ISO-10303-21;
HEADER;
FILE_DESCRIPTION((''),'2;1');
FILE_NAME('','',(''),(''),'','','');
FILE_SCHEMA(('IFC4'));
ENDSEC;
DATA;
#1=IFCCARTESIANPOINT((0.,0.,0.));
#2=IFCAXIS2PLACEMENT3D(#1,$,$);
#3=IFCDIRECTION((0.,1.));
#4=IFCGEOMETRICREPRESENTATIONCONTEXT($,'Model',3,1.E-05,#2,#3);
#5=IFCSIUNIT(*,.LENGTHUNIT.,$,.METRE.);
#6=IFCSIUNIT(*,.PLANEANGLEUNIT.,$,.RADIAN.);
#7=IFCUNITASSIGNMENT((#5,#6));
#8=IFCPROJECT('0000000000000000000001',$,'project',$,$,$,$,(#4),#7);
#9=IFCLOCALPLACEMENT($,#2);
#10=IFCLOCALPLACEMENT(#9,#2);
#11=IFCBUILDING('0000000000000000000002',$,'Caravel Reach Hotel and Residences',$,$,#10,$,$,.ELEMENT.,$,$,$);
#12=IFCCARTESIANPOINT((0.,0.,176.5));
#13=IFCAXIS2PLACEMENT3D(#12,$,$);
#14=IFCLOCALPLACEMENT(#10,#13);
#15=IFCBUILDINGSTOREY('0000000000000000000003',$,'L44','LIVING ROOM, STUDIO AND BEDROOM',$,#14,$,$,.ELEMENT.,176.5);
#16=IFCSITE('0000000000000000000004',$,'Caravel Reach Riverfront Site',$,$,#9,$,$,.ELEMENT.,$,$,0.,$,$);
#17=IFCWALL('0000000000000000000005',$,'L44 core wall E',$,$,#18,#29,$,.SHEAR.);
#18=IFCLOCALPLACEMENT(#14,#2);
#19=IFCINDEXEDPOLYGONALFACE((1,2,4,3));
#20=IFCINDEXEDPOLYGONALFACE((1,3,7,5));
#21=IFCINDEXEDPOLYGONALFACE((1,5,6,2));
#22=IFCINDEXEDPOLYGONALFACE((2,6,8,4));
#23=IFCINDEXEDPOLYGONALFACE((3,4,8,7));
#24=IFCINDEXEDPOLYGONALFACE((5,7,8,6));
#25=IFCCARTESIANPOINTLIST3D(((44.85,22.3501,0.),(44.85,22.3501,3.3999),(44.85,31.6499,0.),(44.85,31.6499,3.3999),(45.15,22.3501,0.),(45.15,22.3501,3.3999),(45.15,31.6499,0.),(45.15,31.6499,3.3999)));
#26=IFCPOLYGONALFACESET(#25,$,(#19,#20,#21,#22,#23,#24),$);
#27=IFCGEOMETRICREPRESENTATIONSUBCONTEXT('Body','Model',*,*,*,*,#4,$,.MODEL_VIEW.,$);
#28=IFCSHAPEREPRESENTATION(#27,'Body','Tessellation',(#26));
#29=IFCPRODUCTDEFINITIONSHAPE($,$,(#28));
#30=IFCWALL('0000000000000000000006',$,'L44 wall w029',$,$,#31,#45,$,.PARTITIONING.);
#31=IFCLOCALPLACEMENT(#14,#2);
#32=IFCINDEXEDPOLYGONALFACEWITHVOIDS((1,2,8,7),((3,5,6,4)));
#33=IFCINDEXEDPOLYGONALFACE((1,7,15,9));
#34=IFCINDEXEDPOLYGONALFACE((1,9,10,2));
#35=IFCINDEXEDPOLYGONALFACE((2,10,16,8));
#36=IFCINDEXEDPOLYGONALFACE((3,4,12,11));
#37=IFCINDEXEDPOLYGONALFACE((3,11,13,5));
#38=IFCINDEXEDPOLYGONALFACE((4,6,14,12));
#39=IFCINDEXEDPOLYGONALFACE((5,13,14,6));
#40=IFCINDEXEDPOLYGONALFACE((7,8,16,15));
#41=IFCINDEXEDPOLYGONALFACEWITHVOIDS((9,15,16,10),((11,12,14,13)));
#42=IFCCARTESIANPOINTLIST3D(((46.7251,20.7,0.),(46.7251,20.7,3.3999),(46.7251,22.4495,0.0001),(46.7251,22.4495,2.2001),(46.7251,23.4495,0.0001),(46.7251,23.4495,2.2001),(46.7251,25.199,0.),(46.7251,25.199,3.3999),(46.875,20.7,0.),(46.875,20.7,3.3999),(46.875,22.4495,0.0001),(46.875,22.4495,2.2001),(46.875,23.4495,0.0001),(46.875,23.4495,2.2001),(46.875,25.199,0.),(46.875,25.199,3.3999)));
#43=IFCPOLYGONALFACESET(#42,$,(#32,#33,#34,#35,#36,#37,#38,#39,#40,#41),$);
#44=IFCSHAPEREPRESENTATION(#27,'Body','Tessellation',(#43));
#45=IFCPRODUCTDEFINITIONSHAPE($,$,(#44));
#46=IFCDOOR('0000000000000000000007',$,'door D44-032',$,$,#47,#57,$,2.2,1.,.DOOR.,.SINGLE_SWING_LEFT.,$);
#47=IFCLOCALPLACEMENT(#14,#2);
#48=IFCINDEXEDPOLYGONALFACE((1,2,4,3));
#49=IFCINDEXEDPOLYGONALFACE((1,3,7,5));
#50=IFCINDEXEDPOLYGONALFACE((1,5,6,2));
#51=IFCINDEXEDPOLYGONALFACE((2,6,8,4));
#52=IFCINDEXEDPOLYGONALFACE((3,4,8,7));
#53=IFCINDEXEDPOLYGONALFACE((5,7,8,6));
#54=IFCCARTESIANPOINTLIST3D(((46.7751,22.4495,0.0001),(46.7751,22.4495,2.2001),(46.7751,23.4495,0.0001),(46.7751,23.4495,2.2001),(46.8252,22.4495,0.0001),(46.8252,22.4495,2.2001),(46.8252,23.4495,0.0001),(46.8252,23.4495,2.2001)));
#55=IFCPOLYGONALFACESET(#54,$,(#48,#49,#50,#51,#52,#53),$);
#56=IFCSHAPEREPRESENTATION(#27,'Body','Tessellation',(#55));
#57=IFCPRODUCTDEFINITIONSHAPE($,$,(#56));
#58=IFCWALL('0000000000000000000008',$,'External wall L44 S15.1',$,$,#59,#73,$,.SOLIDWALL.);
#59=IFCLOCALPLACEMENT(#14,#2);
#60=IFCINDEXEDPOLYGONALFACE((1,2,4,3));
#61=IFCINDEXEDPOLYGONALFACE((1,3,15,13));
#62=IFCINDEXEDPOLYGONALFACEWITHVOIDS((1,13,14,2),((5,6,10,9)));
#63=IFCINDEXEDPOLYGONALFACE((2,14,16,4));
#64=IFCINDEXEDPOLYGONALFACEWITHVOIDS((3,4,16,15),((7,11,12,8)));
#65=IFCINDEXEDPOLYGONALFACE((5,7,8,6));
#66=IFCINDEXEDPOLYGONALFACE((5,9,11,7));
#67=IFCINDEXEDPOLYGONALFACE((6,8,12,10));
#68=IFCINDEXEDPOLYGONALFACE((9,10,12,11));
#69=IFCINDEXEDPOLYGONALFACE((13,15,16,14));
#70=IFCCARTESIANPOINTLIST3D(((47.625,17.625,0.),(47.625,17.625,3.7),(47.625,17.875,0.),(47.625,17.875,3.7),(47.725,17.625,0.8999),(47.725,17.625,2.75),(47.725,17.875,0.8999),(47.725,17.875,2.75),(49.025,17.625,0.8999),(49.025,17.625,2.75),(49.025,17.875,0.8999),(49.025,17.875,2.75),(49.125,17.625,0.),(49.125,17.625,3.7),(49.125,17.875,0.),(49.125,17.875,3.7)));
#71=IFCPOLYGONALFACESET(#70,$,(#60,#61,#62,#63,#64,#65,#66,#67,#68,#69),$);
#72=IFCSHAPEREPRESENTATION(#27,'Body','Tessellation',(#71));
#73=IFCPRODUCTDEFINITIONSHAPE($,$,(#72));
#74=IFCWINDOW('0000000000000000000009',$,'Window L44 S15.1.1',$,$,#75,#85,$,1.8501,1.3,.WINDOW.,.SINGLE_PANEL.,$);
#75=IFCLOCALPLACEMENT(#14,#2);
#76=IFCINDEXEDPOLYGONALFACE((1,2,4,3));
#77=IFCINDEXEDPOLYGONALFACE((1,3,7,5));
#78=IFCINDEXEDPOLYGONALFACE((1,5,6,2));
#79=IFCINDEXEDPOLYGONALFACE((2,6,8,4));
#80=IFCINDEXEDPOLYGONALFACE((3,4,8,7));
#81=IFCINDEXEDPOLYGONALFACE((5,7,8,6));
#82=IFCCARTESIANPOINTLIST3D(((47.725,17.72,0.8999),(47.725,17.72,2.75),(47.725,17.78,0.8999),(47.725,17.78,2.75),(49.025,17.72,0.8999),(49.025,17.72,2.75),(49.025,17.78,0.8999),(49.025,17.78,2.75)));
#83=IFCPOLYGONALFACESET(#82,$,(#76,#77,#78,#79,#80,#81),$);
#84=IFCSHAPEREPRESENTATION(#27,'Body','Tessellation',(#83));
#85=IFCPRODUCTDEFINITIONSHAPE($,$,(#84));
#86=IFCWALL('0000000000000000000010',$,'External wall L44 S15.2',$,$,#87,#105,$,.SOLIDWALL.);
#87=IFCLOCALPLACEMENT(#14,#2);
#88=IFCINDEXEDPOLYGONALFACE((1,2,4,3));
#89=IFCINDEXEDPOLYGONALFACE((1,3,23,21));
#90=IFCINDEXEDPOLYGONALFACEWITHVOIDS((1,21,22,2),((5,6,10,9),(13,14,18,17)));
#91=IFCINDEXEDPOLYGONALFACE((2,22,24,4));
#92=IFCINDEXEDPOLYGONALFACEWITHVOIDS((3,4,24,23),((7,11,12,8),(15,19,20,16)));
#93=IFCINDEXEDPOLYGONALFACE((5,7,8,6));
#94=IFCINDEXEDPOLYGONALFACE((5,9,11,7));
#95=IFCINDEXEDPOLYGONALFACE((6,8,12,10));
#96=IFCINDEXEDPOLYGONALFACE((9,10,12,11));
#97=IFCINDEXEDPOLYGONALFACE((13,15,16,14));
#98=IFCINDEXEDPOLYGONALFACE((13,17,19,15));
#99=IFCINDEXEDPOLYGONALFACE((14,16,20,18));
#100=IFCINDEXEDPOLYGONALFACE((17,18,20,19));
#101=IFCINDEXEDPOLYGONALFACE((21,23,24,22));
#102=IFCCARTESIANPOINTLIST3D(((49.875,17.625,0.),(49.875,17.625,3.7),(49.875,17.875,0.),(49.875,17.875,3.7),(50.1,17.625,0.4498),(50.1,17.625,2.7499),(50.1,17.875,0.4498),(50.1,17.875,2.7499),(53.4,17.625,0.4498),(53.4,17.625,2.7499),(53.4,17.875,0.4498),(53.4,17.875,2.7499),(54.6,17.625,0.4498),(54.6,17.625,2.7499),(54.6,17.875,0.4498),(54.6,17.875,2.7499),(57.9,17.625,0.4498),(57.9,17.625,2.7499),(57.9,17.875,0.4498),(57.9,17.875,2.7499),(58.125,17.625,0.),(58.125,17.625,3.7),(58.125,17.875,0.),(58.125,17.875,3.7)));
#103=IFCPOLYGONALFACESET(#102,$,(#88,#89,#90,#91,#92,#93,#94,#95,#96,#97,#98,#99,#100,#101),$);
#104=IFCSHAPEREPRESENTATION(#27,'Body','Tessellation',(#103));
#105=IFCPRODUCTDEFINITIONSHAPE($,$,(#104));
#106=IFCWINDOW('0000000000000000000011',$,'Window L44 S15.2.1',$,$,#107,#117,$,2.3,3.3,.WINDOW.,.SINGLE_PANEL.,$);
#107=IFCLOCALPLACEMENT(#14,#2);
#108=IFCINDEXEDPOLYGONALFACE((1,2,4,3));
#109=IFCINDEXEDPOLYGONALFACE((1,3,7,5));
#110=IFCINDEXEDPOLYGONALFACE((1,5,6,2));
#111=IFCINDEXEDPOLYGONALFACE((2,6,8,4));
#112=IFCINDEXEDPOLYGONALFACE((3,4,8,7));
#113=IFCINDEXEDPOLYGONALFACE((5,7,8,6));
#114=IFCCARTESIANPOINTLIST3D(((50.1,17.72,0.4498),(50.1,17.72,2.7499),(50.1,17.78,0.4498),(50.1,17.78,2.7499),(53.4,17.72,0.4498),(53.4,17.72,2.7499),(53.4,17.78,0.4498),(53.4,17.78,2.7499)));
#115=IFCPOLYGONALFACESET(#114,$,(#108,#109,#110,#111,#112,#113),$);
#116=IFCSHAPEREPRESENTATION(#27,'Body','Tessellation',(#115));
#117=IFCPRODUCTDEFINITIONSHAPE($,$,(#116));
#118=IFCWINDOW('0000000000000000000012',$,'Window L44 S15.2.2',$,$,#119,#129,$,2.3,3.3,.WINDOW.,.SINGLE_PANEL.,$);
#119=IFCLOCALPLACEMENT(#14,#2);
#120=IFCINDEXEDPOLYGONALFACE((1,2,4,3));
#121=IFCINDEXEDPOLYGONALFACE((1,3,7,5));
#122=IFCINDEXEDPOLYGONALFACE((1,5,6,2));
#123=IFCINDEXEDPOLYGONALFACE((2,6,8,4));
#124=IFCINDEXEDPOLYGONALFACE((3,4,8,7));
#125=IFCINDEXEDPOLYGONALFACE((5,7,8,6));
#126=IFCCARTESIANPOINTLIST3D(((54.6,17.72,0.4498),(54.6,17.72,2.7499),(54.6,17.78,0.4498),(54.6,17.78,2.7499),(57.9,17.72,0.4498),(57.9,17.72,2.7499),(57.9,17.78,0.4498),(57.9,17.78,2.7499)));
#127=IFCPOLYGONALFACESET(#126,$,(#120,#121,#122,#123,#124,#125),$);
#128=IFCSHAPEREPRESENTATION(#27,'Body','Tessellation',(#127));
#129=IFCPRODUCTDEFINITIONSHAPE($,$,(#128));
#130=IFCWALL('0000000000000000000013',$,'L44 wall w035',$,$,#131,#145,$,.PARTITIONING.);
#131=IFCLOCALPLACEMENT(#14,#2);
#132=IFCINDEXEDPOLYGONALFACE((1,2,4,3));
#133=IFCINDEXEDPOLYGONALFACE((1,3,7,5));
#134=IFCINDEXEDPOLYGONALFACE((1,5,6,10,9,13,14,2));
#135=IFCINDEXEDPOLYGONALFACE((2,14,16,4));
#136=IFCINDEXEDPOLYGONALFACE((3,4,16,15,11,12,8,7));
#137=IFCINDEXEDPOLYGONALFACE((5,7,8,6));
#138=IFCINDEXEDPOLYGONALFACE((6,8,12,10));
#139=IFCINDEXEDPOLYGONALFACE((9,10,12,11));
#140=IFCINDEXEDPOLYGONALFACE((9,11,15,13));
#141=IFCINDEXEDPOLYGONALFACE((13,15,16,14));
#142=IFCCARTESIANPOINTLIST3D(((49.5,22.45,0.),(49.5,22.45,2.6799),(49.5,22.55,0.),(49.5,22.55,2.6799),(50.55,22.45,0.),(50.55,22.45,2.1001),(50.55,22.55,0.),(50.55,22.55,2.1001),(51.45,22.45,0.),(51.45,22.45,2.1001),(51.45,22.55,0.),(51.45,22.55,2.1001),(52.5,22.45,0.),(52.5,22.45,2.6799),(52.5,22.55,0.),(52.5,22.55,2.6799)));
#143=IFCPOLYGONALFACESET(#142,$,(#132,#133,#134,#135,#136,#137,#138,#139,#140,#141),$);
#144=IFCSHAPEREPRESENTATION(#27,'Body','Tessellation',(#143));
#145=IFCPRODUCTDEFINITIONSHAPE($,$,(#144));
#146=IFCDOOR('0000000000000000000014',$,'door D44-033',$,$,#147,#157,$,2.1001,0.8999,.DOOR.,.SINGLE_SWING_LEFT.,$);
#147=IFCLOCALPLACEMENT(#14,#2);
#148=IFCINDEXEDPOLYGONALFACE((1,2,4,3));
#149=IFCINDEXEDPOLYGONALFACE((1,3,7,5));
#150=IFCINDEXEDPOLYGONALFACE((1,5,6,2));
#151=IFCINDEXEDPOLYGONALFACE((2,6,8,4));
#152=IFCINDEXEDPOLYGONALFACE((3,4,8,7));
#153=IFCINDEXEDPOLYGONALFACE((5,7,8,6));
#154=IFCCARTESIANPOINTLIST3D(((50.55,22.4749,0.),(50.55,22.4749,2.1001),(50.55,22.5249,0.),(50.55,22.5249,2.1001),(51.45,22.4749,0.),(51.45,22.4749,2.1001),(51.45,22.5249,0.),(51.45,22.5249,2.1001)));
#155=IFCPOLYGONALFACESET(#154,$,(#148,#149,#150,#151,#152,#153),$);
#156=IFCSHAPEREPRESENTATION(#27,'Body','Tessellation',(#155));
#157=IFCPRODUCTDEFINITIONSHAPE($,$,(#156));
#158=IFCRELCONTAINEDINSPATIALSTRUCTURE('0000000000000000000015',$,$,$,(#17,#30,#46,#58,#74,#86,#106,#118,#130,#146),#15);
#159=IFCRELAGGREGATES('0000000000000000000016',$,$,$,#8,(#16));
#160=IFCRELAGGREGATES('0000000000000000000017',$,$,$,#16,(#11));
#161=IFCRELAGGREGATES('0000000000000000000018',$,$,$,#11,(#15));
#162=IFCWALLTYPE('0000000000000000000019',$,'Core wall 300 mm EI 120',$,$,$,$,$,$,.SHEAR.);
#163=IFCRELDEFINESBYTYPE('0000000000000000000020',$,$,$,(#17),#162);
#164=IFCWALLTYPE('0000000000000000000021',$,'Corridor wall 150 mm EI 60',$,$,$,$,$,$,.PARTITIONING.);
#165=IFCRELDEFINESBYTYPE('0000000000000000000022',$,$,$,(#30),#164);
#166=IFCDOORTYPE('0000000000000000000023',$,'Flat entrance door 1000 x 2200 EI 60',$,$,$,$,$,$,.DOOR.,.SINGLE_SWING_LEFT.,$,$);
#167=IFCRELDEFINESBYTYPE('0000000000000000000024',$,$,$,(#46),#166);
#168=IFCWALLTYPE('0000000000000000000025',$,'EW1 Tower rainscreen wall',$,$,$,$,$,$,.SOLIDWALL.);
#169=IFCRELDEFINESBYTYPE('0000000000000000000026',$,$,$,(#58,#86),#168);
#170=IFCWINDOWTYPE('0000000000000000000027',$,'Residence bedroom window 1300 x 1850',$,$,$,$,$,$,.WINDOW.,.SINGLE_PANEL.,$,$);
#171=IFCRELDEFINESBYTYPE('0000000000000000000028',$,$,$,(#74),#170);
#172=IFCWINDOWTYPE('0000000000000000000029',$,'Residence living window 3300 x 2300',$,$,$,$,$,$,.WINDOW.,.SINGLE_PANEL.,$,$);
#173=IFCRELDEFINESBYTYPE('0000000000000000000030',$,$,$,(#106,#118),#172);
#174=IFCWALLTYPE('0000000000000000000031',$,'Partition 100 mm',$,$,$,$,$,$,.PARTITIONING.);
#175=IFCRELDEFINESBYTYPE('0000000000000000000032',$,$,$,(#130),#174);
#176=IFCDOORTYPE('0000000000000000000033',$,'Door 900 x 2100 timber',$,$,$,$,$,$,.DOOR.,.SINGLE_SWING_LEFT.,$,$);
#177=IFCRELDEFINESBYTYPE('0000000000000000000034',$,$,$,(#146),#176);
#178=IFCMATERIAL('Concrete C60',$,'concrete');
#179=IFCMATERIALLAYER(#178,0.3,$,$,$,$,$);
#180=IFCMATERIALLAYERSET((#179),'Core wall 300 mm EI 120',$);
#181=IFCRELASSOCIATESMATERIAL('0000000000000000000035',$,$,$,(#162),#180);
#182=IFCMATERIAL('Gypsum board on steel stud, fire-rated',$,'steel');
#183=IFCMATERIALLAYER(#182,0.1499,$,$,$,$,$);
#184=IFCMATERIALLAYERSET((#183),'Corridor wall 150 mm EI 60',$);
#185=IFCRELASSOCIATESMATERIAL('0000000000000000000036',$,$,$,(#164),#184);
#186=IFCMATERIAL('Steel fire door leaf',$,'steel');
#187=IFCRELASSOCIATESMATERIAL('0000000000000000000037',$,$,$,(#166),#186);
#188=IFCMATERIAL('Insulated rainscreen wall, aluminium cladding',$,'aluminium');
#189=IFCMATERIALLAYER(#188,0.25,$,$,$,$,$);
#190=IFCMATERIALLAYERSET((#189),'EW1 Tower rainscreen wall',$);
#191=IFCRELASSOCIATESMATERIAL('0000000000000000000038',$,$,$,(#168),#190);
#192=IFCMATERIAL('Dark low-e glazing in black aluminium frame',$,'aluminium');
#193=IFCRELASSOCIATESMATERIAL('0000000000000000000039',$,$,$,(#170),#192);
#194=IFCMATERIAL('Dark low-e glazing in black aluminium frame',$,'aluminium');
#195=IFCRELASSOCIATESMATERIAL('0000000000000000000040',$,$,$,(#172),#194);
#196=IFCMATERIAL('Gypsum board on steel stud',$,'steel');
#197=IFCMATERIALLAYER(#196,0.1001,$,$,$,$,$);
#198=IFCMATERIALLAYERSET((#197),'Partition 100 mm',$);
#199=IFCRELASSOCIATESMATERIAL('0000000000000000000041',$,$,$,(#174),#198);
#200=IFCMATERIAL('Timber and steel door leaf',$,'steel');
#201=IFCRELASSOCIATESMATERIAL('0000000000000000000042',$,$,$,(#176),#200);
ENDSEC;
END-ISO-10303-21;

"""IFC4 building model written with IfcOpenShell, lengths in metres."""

from ifc_helpers import new_model, si_unit, direction, frame, frame_2d, origin, place, context, subcontext, project, spatial, rectangle, extrude, material, layer, layer_set, type_object, element, fill, save


model = new_model("IFC4")

# Units and contexts
model_context = context("Model", 3, precision=1e-05, world=origin(), true_north=direction((0.0, 1.0)))
body_context = subcontext(model_context, "Body", "Model", "MODEL_VIEW")
ifc_project = project(units=[si_unit("LENGTHUNIT", "METRE"), si_unit("PLANEANGLEUNIT", "RADIAN")], contexts=[model_context])

# Site, building, storey
site_placement = place(None, origin())
site = spatial("IfcSite", under=ifc_project, at=site_placement, Name="Caravel Reach Riverfront Site", CompositionType="ELEMENT", RefElevation=0.0)
building_placement = place(site_placement, origin())
building = spatial("IfcBuilding", under=site, at=building_placement, Name="Caravel Reach Hotel and Residences", CompositionType="ELEMENT")
storey_placement = place(building_placement, frame((0.0, 0.0, 176.5)))
storey = spatial("IfcBuildingStorey", under=building, at=storey_placement, Name="L44", Description="LIVING ROOM, STUDIO AND BEDROOM", CompositionType="ELEMENT", Elevation=176.5)

# Wall
ifc_material_1 = material(Name="Concrete C60", Category="concrete")
ifc_layer_1 = layer(ifc_material_1, 0.3)
ifc_layer_set_1 = layer_set([ifc_layer_1], Name="Core wall 300 mm EI 120")
wall_type_1 = type_object("IfcWallType", Name="Core wall 300 mm EI 120", PredefinedType="SHEAR", material=ifc_layer_set_1)
wall_1_placement = place(storey_placement, frame((45.0, 22.3501, 0.0), z_axis=(0.0, 0.0, 1.0), x_axis=(0.0, 1.0, 0.0)))
element("IfcWall", 1, at=wall_1_placement, inside=storey, type_object=wall_type_1, Name="L44 core wall E", PredefinedType="SHEAR", context=body_context, shape_type="SweptSolid", body=[
    extrude(rectangle(XDim=9.2998, YDim=0.3, at=frame_2d((4.6499, 0.0))), origin(), (0.0, 0.0, 1.0), 3.3999),
])

# Wall, opening, door
ifc_material_2 = material(Name="Gypsum board on steel stud, fire-rated", Category="steel")
ifc_layer_2 = layer(ifc_material_2, 0.1499)
ifc_layer_set_2 = layer_set([ifc_layer_2], Name="Corridor wall 150 mm EI 60")
wall_type_2 = type_object("IfcWallType", Name="Corridor wall 150 mm EI 60", PredefinedType="PARTITIONING", material=ifc_layer_set_2)
wall_2_placement = place(storey_placement, frame((46.8, 20.7, 0.0), z_axis=(0.0, 0.0, 1.0), x_axis=(0.0, 1.0, 0.0)))
wall_2 = element("IfcWall", 2, at=wall_2_placement, inside=storey, type_object=wall_type_2, Name="L44 wall w029", PredefinedType="PARTITIONING", context=body_context, shape_type="SweptSolid", body=[
    extrude(rectangle(XDim=4.499, YDim=0.1499, at=frame_2d((2.2495, 0.0))), origin(), (0.0, 0.0, 1.0), 3.3999),
])
opening_1_placement = place(wall_2_placement, frame((1.7495, 0.0, 0.0)))
opening_1 = element("IfcOpeningElement", 3, at=opening_1_placement, cuts=wall_2, PredefinedType="OPENING", context=body_context, shape_type="SweptSolid", body=[
    extrude(rectangle(XDim=1.0, YDim=2.2, at=frame_2d((0.5, 1.1001))), frame((0.0, 0.085, 0.0), z_axis=(0.0, -1.0, 0.0), x_axis=(1.0, 0.0, 0.0)), (0.0, 0.0, 1.0), 0.1699),
])
ifc_material_3 = material(Name="Steel fire door leaf", Category="steel")
door_type_1 = type_object("IfcDoorType", Name="Flat entrance door 1000 x 2200 EI 60", OperationType="SINGLE_SWING_LEFT", PredefinedType="DOOR", material=ifc_material_3)
door_1_placement = place(opening_1_placement, origin())
door_1 = element("IfcDoor", 4, at=door_1_placement, inside=storey, type_object=door_type_1, Name="door D44-032", OperationType="SINGLE_SWING_LEFT", OverallHeight=2.2, OverallWidth=1.0, PredefinedType="DOOR", context=body_context, shape_type="SweptSolid", body=[
    extrude(rectangle(XDim=1.0, YDim=2.2, at=frame_2d((0.5, 1.1001))), frame((0.0, 0.0249, 0.0), z_axis=(0.0, -1.0, 0.0), x_axis=(1.0, 0.0, 0.0)), (0.0, 0.0, 1.0), 0.05),
])
fill(opening_1, door_1)

# Wall, opening, window
ifc_material_4 = material(Name="Insulated rainscreen wall, aluminium cladding", Category="aluminium")
ifc_layer_3 = layer(ifc_material_4, 0.25)
ifc_layer_set_3 = layer_set([ifc_layer_3], Name="EW1 Tower rainscreen wall")
wall_type_3 = type_object("IfcWallType", Name="EW1 Tower rainscreen wall", PredefinedType="SOLIDWALL", material=ifc_layer_set_3)
wall_3_placement = place(storey_placement, frame((47.625, 17.75, 0.0), z_axis=(0.0, 0.0, 1.0), x_axis=(1.0, 0.0, 0.0)))
wall_3 = element("IfcWall", 5, at=wall_3_placement, inside=storey, type_object=wall_type_3, Name="External wall L44 S15.1", PredefinedType="SOLIDWALL", context=body_context, shape_type="SweptSolid", body=[
    extrude(rectangle(XDim=1.5, YDim=0.25, at=frame_2d((0.75, 0.0))), origin(), (0.0, 0.0, 1.0), 3.7),
])
opening_2_placement = place(wall_3_placement, frame((0.1001, 0.0, 0.8999)))
opening_2 = element("IfcOpeningElement", 6, at=opening_2_placement, cuts=wall_3, PredefinedType="OPENING", context=body_context, shape_type="SweptSolid", body=[
    extrude(rectangle(XDim=1.3, YDim=1.8501, at=frame_2d((0.6499, 0.925))), frame((0.0, 0.135, 0.0), z_axis=(0.0, -1.0, 0.0), x_axis=(1.0, 0.0, 0.0)), (0.0, 0.0, 1.0), 0.27),
])
ifc_material_5 = material(Name="Dark low-e glazing in black aluminium frame", Category="aluminium")
window_type_1 = type_object("IfcWindowType", Name="Residence bedroom window 1300 x 1850", PartitioningType="SINGLE_PANEL", PredefinedType="WINDOW", material=ifc_material_5)
window_1_placement = place(opening_2_placement, origin())
window_1 = element("IfcWindow", 7, at=window_1_placement, inside=storey, type_object=window_type_1, Name="Window L44 S15.1.1", OverallHeight=1.8501, OverallWidth=1.3, PartitioningType="SINGLE_PANEL", PredefinedType="WINDOW", context=body_context, shape_type="SweptSolid", body=[
    extrude(rectangle(XDim=1.3, YDim=1.8501, at=frame_2d((0.6499, 0.925))), frame((0.0, 0.03, 0.0), z_axis=(0.0, -1.0, 0.0), x_axis=(1.0, 0.0, 0.0)), (0.0, 0.0, 1.0), 0.0601),
])
fill(opening_2, window_1)

# Wall, openings, windows
wall_4_placement = place(storey_placement, frame((49.875, 17.75, 0.0), z_axis=(0.0, 0.0, 1.0), x_axis=(1.0, 0.0, 0.0)))
wall_4 = element("IfcWall", 8, at=wall_4_placement, inside=storey, type_object=wall_type_3, Name="External wall L44 S15.2", PredefinedType="SOLIDWALL", context=body_context, shape_type="SweptSolid", body=[
    extrude(rectangle(XDim=8.25, YDim=0.25, at=frame_2d((4.125, 0.0))), origin(), (0.0, 0.0, 1.0), 3.7),
])
opening_3_placement = place(wall_4_placement, frame((0.2251, 0.0, 0.45)))
opening_3 = element("IfcOpeningElement", 9, at=opening_3_placement, cuts=wall_4, PredefinedType="OPENING", context=body_context, shape_type="SweptSolid", body=[
    extrude(rectangle(XDim=3.3, YDim=2.3, at=frame_2d((1.6499, 1.1499))), frame((0.0, 0.135, 0.0), z_axis=(0.0, -1.0, 0.0), x_axis=(1.0, 0.0, 0.0)), (0.0, 0.0, 1.0), 0.27),
])
opening_4_placement = place(wall_4_placement, frame((4.7251, 0.0, 0.45)))
opening_4 = element("IfcOpeningElement", 10, at=opening_4_placement, cuts=wall_4, PredefinedType="OPENING", context=body_context, shape_type="SweptSolid", body=[
    extrude(rectangle(XDim=3.3, YDim=2.3, at=frame_2d((1.6499, 1.1499))), frame((0.0, 0.135, 0.0), z_axis=(0.0, -1.0, 0.0), x_axis=(1.0, 0.0, 0.0)), (0.0, 0.0, 1.0), 0.27),
])
ifc_material_6 = material(Name="Dark low-e glazing in black aluminium frame", Category="aluminium")
window_type_2 = type_object("IfcWindowType", Name="Residence living window 3300 x 2300", PartitioningType="SINGLE_PANEL", PredefinedType="WINDOW", material=ifc_material_6)
window_2_placement = place(opening_3_placement, origin())
window_2 = element("IfcWindow", 11, at=window_2_placement, inside=storey, type_object=window_type_2, Name="Window L44 S15.2.1", OverallHeight=2.3, OverallWidth=3.3, PartitioningType="SINGLE_PANEL", PredefinedType="WINDOW", context=body_context, shape_type="SweptSolid", body=[
    extrude(rectangle(XDim=3.3, YDim=2.3, at=frame_2d((1.6499, 1.1499))), frame((0.0, 0.03, 0.0), z_axis=(0.0, -1.0, 0.0), x_axis=(1.0, 0.0, 0.0)), (0.0, 0.0, 1.0), 0.0601),
])
fill(opening_3, window_2)
window_3_placement = place(opening_4_placement, origin())
window_3 = element("IfcWindow", 12, at=window_3_placement, inside=storey, type_object=window_type_2, Name="Window L44 S15.2.2", OverallHeight=2.3, OverallWidth=3.3, PartitioningType="SINGLE_PANEL", PredefinedType="WINDOW", context=body_context, shape_type="SweptSolid", body=[
    extrude(rectangle(XDim=3.3, YDim=2.3, at=frame_2d((1.6499, 1.1499))), frame((0.0, 0.03, 0.0), z_axis=(0.0, -1.0, 0.0), x_axis=(1.0, 0.0, 0.0)), (0.0, 0.0, 1.0), 0.0601),
])
fill(opening_4, window_3)

# Wall, opening, door
ifc_material_7 = material(Name="Gypsum board on steel stud", Category="steel")
ifc_layer_4 = layer(ifc_material_7, 0.1001)
ifc_layer_set_4 = layer_set([ifc_layer_4], Name="Partition 100 mm")
wall_type_4 = type_object("IfcWallType", Name="Partition 100 mm", PredefinedType="PARTITIONING", material=ifc_layer_set_4)
wall_5_placement = place(storey_placement, frame((49.5, 22.5, 0.0), z_axis=(0.0, 0.0, 1.0), x_axis=(1.0, 0.0, 0.0)))
wall_5 = element("IfcWall", 13, at=wall_5_placement, inside=storey, type_object=wall_type_4, Name="L44 wall w035", PredefinedType="PARTITIONING", context=body_context, shape_type="SweptSolid", body=[
    extrude(rectangle(XDim=3.0, YDim=0.1001, at=frame_2d((1.5, 0.0))), origin(), (0.0, 0.0, 1.0), 2.6799),
])
opening_5_placement = place(wall_5_placement, frame((1.05, 0.0, 0.0)))
opening_5 = element("IfcOpeningElement", 14, at=opening_5_placement, cuts=wall_5, PredefinedType="OPENING", context=body_context, shape_type="SweptSolid", body=[
    extrude(rectangle(XDim=0.8999, YDim=2.1001, at=frame_2d((0.45, 1.05))), frame((0.0, 0.0601, 0.0), z_axis=(0.0, -1.0, 0.0), x_axis=(1.0, 0.0, 0.0)), (0.0, 0.0, 1.0), 0.1201),
])
ifc_material_8 = material(Name="Timber and steel door leaf", Category="steel")
door_type_2 = type_object("IfcDoorType", Name="Door 900 x 2100 timber", OperationType="SINGLE_SWING_LEFT", PredefinedType="DOOR", material=ifc_material_8)
door_2_placement = place(opening_5_placement, origin())
door_2 = element("IfcDoor", 15, at=door_2_placement, inside=storey, type_object=door_type_2, Name="door D44-033", OperationType="SINGLE_SWING_LEFT", OverallHeight=2.1001, OverallWidth=0.8999, PredefinedType="DOOR", context=body_context, shape_type="SweptSolid", body=[
    extrude(rectangle(XDim=0.8999, YDim=2.1001, at=frame_2d((0.45, 1.05))), frame((0.0, 0.0249, 0.0), z_axis=(0.0, -1.0, 0.0), x_axis=(1.0, 0.0, 0.0)), (0.0, 0.0, 1.0), 0.05),
])
fill(opening_5, door_2)

save(model, "model.ifc")
